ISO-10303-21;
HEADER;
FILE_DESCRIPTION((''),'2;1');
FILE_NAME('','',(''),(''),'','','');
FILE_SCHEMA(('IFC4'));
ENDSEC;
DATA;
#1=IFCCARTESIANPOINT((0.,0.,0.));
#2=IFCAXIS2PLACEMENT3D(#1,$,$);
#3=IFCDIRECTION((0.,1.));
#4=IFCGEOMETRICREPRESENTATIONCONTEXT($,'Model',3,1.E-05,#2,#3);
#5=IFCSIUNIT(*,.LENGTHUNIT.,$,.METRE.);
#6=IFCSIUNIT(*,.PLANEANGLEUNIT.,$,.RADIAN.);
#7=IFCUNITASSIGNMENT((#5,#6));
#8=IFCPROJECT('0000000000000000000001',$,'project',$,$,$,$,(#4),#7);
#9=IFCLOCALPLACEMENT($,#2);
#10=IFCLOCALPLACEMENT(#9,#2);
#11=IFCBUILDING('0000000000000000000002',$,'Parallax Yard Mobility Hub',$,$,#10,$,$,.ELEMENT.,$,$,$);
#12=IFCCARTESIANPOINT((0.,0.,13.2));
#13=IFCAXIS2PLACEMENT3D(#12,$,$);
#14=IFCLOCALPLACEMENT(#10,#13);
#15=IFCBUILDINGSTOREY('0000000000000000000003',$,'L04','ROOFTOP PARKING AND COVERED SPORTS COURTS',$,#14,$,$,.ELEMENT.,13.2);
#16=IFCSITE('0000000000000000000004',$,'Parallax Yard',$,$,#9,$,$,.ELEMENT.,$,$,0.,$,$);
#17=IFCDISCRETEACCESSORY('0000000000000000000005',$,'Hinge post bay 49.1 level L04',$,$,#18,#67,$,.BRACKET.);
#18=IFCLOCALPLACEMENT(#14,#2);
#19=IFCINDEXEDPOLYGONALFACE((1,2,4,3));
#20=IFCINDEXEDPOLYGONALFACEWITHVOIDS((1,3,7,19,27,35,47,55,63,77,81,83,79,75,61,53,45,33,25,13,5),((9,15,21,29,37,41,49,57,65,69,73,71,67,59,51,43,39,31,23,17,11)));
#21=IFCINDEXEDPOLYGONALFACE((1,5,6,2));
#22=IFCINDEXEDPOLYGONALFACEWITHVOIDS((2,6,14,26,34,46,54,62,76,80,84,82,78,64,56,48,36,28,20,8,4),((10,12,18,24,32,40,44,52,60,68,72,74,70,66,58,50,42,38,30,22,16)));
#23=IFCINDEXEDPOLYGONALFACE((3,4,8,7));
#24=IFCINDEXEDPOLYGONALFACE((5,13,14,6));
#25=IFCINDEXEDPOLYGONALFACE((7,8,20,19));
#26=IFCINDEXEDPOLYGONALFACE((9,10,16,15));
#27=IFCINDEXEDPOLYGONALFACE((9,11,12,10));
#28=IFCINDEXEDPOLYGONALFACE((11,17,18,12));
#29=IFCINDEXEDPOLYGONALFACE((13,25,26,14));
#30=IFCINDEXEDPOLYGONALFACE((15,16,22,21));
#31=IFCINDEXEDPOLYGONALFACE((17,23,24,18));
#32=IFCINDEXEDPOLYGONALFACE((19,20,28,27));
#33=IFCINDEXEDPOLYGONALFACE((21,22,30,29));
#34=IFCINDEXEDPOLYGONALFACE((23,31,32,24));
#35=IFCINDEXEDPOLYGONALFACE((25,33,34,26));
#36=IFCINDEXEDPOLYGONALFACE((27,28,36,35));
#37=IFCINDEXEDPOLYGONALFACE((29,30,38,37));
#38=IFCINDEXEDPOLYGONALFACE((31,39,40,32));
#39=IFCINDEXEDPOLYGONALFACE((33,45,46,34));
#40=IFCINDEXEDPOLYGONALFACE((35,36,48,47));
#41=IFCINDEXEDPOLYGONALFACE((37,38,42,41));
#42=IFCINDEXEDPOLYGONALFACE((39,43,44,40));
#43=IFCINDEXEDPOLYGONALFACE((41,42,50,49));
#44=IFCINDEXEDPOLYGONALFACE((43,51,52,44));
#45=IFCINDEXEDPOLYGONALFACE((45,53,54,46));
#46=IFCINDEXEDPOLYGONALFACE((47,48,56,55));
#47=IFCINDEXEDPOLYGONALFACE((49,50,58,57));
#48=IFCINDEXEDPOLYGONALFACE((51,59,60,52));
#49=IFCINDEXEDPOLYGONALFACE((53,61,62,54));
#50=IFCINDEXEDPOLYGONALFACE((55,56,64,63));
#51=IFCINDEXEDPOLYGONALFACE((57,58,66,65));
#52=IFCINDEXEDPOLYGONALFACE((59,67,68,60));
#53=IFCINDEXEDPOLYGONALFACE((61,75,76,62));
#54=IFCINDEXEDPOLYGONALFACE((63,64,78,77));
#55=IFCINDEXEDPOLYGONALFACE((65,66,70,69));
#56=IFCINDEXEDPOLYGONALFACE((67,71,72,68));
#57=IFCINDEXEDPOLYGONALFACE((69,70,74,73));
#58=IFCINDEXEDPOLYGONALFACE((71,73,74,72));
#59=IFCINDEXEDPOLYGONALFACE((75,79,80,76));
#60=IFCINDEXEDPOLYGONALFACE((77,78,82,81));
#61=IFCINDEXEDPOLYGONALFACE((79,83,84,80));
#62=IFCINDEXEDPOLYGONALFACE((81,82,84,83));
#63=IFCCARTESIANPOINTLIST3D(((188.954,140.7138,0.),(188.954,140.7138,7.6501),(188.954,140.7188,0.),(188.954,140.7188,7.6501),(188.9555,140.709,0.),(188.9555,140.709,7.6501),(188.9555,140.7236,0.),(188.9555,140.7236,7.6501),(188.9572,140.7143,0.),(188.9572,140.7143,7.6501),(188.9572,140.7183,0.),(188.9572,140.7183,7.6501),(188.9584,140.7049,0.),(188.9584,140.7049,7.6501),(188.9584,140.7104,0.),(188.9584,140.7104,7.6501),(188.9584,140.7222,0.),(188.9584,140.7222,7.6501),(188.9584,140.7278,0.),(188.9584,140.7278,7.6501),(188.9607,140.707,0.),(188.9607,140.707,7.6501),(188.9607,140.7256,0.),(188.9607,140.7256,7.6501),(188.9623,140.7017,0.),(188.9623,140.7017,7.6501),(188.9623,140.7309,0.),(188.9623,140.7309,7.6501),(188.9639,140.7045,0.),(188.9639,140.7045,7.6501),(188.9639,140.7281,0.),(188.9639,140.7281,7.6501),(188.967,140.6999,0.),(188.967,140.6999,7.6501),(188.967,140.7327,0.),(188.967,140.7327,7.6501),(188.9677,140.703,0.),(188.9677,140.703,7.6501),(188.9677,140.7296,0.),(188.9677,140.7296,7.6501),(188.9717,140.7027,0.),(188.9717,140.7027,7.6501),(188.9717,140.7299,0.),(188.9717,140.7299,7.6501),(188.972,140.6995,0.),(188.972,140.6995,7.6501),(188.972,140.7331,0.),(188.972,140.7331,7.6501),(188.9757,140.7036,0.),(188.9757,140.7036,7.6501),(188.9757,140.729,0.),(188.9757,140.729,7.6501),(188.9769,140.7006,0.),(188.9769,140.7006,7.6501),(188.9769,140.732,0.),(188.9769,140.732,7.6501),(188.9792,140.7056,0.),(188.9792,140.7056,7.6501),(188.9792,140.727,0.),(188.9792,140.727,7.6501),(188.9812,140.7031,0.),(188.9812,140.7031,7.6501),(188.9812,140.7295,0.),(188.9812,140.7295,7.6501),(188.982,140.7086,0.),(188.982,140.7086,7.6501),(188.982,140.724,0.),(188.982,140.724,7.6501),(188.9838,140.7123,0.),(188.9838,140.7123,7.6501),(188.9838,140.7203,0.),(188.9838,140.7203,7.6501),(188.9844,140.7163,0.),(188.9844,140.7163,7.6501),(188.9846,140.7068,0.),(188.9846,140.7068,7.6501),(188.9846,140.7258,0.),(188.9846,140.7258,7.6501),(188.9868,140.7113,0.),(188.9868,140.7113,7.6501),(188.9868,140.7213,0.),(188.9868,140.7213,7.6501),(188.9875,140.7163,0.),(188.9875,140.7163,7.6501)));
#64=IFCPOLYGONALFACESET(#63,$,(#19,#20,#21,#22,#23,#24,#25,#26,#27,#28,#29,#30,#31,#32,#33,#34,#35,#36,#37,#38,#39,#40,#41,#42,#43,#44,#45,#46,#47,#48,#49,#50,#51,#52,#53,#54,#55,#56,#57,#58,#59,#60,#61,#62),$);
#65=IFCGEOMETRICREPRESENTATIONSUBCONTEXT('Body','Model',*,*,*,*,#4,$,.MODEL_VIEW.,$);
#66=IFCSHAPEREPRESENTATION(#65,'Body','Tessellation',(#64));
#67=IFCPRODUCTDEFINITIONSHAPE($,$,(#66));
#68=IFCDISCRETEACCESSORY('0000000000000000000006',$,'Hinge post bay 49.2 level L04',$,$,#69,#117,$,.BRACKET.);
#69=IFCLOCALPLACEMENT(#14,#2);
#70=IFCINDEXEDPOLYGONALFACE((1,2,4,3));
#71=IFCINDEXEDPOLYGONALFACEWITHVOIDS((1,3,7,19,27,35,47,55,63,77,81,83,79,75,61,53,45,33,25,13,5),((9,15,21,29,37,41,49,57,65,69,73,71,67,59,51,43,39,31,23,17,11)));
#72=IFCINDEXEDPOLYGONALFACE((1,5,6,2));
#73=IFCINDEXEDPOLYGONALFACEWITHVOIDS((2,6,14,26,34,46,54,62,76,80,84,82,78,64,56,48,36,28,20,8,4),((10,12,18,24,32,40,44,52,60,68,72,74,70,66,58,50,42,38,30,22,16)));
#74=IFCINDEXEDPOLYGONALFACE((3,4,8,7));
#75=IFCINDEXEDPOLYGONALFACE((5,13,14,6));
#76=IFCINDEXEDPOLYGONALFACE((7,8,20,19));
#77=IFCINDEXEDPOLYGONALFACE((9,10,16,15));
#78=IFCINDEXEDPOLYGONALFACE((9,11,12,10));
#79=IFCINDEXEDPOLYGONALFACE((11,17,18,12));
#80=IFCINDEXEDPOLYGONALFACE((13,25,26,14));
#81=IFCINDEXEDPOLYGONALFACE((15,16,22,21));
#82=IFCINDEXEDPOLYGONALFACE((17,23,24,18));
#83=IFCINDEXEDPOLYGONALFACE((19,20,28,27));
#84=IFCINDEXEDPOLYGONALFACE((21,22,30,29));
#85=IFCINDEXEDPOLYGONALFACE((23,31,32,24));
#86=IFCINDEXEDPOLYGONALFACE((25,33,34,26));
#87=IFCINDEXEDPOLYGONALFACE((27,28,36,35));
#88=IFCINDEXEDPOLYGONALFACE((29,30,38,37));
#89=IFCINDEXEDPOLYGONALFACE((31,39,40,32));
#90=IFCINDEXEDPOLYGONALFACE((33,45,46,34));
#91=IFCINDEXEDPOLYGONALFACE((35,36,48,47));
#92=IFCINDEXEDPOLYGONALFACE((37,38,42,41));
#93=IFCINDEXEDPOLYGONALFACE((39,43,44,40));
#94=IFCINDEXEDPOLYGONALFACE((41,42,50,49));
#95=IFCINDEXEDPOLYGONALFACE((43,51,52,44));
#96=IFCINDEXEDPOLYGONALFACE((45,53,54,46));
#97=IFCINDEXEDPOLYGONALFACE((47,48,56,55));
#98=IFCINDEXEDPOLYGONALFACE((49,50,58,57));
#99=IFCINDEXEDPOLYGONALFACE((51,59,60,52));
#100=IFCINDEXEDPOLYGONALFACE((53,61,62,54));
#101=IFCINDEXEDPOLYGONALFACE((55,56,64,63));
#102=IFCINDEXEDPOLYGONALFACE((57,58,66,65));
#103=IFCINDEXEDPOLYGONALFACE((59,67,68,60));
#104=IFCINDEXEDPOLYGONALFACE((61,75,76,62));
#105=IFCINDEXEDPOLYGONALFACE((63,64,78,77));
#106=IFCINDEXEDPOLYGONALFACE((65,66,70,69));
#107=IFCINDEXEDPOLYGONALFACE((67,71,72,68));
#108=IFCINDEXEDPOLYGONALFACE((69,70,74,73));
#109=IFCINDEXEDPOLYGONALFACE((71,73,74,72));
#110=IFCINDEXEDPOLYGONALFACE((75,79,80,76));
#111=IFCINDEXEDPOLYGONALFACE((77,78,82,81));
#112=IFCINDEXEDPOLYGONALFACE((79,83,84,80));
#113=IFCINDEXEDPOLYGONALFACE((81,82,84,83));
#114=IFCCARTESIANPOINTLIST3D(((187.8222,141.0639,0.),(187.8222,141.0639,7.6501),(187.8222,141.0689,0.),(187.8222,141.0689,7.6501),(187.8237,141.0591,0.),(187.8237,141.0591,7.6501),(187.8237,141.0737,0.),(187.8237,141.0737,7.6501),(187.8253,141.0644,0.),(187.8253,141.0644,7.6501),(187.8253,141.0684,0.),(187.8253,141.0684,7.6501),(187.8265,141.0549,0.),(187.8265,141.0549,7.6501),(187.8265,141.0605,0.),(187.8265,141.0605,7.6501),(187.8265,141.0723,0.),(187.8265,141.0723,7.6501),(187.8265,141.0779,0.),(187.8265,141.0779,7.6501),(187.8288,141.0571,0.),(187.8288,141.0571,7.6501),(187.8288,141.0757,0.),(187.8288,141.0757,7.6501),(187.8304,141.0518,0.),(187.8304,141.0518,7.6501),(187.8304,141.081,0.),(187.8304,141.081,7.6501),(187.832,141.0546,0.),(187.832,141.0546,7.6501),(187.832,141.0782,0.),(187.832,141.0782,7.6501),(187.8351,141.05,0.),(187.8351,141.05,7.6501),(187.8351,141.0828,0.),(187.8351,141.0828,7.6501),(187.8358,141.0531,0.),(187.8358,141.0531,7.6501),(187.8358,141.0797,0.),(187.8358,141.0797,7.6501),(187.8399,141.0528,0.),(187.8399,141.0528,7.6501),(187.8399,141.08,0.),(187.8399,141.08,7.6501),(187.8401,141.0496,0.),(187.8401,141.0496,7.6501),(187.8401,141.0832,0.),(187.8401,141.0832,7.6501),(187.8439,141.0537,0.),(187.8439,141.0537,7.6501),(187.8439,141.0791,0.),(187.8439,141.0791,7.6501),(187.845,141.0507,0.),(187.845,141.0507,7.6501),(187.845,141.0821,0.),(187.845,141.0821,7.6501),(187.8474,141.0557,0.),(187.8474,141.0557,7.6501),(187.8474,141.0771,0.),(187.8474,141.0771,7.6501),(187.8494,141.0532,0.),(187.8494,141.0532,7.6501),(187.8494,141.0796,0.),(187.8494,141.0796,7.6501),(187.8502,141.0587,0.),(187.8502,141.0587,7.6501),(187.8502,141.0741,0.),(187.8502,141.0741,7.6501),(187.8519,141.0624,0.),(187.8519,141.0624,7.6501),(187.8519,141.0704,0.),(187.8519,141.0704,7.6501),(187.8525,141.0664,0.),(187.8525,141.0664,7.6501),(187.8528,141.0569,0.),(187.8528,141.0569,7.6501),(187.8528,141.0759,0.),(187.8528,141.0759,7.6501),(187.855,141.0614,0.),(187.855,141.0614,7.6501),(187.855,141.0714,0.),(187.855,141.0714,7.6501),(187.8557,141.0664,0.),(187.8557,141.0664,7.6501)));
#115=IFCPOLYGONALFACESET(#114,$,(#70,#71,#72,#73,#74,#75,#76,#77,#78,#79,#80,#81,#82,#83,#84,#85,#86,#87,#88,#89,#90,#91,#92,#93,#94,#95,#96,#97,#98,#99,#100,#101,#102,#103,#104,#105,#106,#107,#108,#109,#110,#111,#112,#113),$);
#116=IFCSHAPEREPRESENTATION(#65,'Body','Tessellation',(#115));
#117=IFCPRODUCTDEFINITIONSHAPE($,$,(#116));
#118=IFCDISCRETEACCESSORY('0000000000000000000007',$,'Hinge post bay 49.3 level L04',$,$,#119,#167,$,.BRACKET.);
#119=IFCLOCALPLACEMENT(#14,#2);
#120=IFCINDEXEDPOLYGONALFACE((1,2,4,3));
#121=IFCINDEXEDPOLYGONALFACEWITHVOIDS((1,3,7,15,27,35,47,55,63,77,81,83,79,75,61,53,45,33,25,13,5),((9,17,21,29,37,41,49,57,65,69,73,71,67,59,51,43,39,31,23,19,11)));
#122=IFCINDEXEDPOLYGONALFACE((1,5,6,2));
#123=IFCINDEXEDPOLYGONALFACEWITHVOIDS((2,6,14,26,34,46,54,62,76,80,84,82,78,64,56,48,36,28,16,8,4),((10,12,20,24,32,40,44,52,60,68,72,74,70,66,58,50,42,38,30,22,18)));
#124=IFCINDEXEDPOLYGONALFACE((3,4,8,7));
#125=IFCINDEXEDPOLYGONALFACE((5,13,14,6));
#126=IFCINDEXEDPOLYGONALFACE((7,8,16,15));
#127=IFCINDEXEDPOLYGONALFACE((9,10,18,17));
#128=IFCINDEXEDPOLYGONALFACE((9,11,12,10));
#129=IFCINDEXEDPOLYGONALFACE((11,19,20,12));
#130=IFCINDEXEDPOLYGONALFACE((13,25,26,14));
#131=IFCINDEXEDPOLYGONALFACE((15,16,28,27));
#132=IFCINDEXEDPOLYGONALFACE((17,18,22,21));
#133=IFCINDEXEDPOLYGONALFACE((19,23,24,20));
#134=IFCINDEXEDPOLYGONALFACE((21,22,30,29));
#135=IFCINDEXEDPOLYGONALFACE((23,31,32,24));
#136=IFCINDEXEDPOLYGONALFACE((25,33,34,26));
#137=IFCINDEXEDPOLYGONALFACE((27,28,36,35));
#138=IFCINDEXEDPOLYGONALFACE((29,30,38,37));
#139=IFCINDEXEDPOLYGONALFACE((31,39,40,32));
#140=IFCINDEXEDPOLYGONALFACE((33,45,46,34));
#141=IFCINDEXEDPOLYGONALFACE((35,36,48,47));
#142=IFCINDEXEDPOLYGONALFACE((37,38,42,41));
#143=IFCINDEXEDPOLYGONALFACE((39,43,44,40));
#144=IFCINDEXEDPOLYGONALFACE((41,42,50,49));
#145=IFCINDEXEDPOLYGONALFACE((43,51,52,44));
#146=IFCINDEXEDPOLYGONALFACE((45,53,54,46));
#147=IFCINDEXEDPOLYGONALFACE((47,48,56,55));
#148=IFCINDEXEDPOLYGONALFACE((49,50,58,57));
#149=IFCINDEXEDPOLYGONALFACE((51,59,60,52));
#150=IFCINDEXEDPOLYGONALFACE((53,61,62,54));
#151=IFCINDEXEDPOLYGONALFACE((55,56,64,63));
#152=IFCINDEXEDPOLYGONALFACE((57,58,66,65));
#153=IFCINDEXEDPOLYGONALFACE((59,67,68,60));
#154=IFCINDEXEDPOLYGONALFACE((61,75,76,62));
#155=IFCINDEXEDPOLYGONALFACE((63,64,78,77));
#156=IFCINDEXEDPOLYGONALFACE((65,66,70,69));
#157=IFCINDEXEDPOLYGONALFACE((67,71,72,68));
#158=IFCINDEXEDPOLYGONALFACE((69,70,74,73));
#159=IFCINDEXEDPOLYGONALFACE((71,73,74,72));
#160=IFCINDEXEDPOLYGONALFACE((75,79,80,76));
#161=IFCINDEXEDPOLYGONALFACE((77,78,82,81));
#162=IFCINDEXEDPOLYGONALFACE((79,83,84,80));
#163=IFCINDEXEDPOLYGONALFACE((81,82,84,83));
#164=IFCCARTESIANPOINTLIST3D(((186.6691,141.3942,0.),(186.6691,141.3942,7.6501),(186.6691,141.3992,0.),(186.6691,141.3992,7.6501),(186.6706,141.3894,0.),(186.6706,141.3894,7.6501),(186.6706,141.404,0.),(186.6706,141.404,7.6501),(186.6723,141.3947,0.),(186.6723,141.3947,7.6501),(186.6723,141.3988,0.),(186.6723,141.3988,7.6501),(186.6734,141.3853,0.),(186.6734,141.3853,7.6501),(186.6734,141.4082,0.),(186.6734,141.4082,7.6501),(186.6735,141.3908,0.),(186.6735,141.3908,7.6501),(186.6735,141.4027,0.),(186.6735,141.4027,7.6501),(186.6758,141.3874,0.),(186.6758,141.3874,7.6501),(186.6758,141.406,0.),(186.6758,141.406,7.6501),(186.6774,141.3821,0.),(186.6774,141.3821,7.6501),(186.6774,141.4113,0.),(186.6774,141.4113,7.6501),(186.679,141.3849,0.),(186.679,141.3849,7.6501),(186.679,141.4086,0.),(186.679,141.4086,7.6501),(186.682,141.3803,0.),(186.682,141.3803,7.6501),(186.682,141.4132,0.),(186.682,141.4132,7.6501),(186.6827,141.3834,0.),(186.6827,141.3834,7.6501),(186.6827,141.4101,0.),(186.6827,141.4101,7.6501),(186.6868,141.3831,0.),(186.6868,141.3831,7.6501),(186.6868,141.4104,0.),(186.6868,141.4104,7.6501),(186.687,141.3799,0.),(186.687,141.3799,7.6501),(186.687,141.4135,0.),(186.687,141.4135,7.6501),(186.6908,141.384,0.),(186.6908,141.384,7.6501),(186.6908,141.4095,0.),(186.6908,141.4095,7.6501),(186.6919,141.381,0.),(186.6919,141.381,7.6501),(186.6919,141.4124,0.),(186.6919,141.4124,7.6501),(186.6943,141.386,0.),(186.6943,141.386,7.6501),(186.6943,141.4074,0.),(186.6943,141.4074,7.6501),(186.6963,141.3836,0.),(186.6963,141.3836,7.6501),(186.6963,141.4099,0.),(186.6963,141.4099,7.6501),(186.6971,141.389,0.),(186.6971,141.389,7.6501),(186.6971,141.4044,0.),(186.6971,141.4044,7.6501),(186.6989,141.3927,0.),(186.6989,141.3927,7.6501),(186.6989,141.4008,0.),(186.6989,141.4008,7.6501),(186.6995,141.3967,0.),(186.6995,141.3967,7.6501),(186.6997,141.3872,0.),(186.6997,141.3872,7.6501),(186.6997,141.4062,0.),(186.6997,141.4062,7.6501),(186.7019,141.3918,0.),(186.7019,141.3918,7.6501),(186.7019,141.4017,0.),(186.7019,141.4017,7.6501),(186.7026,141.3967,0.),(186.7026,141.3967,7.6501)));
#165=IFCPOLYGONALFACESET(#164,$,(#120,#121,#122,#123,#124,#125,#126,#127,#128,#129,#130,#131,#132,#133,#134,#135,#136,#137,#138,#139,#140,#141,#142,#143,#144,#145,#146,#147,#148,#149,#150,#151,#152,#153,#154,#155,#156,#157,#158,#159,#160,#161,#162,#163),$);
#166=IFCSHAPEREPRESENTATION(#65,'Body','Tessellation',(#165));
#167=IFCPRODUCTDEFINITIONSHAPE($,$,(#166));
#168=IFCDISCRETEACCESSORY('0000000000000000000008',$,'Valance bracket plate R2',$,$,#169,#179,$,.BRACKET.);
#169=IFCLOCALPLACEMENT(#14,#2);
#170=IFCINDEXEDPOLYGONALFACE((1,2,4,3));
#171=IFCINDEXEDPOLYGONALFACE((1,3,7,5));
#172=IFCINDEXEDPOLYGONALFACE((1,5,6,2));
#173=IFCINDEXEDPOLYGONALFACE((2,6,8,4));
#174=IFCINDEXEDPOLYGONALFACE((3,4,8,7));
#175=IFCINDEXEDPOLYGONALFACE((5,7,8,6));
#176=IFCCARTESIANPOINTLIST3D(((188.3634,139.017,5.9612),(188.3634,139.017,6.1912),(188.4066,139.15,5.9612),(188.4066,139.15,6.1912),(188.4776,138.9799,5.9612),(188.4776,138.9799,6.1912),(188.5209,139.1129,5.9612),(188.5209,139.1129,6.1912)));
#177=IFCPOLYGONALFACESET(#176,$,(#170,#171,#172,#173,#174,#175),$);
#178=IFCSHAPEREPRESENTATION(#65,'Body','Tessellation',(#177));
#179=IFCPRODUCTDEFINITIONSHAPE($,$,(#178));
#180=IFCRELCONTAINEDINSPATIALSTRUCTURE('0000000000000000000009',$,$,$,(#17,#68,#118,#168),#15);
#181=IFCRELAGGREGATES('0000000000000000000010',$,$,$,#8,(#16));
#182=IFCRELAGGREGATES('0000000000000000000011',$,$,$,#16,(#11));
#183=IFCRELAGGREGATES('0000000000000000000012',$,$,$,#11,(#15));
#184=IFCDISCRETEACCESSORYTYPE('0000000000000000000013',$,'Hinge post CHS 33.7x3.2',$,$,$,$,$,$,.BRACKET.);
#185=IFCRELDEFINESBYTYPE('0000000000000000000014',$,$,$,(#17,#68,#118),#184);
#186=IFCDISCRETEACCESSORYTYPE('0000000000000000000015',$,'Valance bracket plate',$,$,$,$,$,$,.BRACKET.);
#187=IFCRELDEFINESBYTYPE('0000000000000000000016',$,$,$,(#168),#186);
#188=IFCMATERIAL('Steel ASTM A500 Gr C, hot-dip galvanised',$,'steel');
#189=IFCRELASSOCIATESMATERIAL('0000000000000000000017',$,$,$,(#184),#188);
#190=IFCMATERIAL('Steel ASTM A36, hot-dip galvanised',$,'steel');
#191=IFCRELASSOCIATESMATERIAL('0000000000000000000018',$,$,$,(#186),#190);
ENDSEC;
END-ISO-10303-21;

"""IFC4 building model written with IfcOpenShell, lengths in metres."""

from ifc_helpers import new_model, si_unit, direction, frame, origin, origin_2d, place, context, subcontext, project, spatial, rectangle, hollow_circle, extrude, material, material_profile, profile_set, type_object, element, save


model = new_model("IFC4")

# Units and contexts
model_context = context("Model", 3, precision=1e-05, world=origin(), true_north=direction((0.0, 1.0)))
body_context = subcontext(model_context, "Body", "Model", "MODEL_VIEW")
ifc_project = project(units=[si_unit("LENGTHUNIT", "METRE"), si_unit("PLANEANGLEUNIT", "RADIAN")], contexts=[model_context])

# Site, building, storey
site_placement = place(None, origin())
site = spatial("IfcSite", under=ifc_project, at=site_placement, Name="Parallax Yard", CompositionType="ELEMENT", RefElevation=0.0)
building_placement = place(site_placement, origin())
building = spatial("IfcBuilding", under=site, at=building_placement, Name="Parallax Yard Mobility Hub", CompositionType="ELEMENT")
storey_placement = place(building_placement, frame((0.0, 0.0, 13.2)))
storey = spatial("IfcBuildingStorey", under=building, at=storey_placement, Name="L04", Description="ROOFTOP PARKING AND COVERED SPORTS COURTS", CompositionType="ELEMENT", Elevation=13.2)

# Discrete accessories
ifc_material_1 = material(Name="Steel ASTM A36, hot-dip galvanised", Category="steel")
ifc_material_2 = material(Name="Steel ASTM A500 Gr C, hot-dip galvanised", Category="steel")
ifc_material_profile_1 = material_profile(ifc_material_2, hollow_circle(Radius=0.0168, WallThickness=0.0032, at=origin_2d()), Name="CHS 33.7x3.2")
ifc_profile_set_1 = profile_set([ifc_material_profile_1], Name="Steel ASTM A500 Gr C, hot-dip galvanised")
discrete_accessory_type_1 = type_object("IfcDiscreteAccessoryType", Name="Hinge post CHS 33.7x3.2", PredefinedType="BRACKET", material=ifc_profile_set_1)
for number, where, z_axis, x_axis, name in (
    (1, (188.9707, 140.7163, 0.0), (0.0, 0.0, 1.0), (1.0, 0.0, 0.0), "Hinge post bay 49.1 level L04"),
    (2, (187.8389, 141.0664, 0.0), (0.0, 0.0, 1.0), (1.0, 0.0, 0.0), "Hinge post bay 49.2 level L04"),
    (3, (186.6858, 141.3967, 0.0), (0.0, 0.0, 1.0), (1.0, 0.0, 0.0), "Hinge post bay 49.3 level L04"),
):
    element("IfcDiscreteAccessory", number, at=place(storey_placement, frame(where, z_axis=z_axis, x_axis=x_axis)), inside=storey, type_object=discrete_accessory_type_1, Name=name, PredefinedType="BRACKET", context=body_context, shape_type="SweptSolid", body=[
        extrude(hollow_circle(Radius=0.0168, WallThickness=0.0032, at=origin_2d()), origin(), (0.0, 0.0, 1.0), 7.6501),
    ])
discrete_accessory_type_2 = type_object("IfcDiscreteAccessoryType", Name="Valance bracket plate", PredefinedType="BRACKET", material=ifc_material_1)
discrete_accessory_1_placement = place(storey_placement, frame((188.4421, 139.0649, 5.9612), z_axis=(0.0, 0.0, 1.0), x_axis=(0.309017, 0.951057, 0.0)))
element("IfcDiscreteAccessory", 4, at=discrete_accessory_1_placement, inside=storey, type_object=discrete_accessory_type_2, Name="Valance bracket plate R2", PredefinedType="BRACKET", context=body_context, shape_type="SweptSolid", body=[
    extrude(rectangle(XDim=0.1399, YDim=0.1201, at=origin_2d()), origin(), (0.0, 0.0, 1.0), 0.23),
])

save(model, "model.ifc")
